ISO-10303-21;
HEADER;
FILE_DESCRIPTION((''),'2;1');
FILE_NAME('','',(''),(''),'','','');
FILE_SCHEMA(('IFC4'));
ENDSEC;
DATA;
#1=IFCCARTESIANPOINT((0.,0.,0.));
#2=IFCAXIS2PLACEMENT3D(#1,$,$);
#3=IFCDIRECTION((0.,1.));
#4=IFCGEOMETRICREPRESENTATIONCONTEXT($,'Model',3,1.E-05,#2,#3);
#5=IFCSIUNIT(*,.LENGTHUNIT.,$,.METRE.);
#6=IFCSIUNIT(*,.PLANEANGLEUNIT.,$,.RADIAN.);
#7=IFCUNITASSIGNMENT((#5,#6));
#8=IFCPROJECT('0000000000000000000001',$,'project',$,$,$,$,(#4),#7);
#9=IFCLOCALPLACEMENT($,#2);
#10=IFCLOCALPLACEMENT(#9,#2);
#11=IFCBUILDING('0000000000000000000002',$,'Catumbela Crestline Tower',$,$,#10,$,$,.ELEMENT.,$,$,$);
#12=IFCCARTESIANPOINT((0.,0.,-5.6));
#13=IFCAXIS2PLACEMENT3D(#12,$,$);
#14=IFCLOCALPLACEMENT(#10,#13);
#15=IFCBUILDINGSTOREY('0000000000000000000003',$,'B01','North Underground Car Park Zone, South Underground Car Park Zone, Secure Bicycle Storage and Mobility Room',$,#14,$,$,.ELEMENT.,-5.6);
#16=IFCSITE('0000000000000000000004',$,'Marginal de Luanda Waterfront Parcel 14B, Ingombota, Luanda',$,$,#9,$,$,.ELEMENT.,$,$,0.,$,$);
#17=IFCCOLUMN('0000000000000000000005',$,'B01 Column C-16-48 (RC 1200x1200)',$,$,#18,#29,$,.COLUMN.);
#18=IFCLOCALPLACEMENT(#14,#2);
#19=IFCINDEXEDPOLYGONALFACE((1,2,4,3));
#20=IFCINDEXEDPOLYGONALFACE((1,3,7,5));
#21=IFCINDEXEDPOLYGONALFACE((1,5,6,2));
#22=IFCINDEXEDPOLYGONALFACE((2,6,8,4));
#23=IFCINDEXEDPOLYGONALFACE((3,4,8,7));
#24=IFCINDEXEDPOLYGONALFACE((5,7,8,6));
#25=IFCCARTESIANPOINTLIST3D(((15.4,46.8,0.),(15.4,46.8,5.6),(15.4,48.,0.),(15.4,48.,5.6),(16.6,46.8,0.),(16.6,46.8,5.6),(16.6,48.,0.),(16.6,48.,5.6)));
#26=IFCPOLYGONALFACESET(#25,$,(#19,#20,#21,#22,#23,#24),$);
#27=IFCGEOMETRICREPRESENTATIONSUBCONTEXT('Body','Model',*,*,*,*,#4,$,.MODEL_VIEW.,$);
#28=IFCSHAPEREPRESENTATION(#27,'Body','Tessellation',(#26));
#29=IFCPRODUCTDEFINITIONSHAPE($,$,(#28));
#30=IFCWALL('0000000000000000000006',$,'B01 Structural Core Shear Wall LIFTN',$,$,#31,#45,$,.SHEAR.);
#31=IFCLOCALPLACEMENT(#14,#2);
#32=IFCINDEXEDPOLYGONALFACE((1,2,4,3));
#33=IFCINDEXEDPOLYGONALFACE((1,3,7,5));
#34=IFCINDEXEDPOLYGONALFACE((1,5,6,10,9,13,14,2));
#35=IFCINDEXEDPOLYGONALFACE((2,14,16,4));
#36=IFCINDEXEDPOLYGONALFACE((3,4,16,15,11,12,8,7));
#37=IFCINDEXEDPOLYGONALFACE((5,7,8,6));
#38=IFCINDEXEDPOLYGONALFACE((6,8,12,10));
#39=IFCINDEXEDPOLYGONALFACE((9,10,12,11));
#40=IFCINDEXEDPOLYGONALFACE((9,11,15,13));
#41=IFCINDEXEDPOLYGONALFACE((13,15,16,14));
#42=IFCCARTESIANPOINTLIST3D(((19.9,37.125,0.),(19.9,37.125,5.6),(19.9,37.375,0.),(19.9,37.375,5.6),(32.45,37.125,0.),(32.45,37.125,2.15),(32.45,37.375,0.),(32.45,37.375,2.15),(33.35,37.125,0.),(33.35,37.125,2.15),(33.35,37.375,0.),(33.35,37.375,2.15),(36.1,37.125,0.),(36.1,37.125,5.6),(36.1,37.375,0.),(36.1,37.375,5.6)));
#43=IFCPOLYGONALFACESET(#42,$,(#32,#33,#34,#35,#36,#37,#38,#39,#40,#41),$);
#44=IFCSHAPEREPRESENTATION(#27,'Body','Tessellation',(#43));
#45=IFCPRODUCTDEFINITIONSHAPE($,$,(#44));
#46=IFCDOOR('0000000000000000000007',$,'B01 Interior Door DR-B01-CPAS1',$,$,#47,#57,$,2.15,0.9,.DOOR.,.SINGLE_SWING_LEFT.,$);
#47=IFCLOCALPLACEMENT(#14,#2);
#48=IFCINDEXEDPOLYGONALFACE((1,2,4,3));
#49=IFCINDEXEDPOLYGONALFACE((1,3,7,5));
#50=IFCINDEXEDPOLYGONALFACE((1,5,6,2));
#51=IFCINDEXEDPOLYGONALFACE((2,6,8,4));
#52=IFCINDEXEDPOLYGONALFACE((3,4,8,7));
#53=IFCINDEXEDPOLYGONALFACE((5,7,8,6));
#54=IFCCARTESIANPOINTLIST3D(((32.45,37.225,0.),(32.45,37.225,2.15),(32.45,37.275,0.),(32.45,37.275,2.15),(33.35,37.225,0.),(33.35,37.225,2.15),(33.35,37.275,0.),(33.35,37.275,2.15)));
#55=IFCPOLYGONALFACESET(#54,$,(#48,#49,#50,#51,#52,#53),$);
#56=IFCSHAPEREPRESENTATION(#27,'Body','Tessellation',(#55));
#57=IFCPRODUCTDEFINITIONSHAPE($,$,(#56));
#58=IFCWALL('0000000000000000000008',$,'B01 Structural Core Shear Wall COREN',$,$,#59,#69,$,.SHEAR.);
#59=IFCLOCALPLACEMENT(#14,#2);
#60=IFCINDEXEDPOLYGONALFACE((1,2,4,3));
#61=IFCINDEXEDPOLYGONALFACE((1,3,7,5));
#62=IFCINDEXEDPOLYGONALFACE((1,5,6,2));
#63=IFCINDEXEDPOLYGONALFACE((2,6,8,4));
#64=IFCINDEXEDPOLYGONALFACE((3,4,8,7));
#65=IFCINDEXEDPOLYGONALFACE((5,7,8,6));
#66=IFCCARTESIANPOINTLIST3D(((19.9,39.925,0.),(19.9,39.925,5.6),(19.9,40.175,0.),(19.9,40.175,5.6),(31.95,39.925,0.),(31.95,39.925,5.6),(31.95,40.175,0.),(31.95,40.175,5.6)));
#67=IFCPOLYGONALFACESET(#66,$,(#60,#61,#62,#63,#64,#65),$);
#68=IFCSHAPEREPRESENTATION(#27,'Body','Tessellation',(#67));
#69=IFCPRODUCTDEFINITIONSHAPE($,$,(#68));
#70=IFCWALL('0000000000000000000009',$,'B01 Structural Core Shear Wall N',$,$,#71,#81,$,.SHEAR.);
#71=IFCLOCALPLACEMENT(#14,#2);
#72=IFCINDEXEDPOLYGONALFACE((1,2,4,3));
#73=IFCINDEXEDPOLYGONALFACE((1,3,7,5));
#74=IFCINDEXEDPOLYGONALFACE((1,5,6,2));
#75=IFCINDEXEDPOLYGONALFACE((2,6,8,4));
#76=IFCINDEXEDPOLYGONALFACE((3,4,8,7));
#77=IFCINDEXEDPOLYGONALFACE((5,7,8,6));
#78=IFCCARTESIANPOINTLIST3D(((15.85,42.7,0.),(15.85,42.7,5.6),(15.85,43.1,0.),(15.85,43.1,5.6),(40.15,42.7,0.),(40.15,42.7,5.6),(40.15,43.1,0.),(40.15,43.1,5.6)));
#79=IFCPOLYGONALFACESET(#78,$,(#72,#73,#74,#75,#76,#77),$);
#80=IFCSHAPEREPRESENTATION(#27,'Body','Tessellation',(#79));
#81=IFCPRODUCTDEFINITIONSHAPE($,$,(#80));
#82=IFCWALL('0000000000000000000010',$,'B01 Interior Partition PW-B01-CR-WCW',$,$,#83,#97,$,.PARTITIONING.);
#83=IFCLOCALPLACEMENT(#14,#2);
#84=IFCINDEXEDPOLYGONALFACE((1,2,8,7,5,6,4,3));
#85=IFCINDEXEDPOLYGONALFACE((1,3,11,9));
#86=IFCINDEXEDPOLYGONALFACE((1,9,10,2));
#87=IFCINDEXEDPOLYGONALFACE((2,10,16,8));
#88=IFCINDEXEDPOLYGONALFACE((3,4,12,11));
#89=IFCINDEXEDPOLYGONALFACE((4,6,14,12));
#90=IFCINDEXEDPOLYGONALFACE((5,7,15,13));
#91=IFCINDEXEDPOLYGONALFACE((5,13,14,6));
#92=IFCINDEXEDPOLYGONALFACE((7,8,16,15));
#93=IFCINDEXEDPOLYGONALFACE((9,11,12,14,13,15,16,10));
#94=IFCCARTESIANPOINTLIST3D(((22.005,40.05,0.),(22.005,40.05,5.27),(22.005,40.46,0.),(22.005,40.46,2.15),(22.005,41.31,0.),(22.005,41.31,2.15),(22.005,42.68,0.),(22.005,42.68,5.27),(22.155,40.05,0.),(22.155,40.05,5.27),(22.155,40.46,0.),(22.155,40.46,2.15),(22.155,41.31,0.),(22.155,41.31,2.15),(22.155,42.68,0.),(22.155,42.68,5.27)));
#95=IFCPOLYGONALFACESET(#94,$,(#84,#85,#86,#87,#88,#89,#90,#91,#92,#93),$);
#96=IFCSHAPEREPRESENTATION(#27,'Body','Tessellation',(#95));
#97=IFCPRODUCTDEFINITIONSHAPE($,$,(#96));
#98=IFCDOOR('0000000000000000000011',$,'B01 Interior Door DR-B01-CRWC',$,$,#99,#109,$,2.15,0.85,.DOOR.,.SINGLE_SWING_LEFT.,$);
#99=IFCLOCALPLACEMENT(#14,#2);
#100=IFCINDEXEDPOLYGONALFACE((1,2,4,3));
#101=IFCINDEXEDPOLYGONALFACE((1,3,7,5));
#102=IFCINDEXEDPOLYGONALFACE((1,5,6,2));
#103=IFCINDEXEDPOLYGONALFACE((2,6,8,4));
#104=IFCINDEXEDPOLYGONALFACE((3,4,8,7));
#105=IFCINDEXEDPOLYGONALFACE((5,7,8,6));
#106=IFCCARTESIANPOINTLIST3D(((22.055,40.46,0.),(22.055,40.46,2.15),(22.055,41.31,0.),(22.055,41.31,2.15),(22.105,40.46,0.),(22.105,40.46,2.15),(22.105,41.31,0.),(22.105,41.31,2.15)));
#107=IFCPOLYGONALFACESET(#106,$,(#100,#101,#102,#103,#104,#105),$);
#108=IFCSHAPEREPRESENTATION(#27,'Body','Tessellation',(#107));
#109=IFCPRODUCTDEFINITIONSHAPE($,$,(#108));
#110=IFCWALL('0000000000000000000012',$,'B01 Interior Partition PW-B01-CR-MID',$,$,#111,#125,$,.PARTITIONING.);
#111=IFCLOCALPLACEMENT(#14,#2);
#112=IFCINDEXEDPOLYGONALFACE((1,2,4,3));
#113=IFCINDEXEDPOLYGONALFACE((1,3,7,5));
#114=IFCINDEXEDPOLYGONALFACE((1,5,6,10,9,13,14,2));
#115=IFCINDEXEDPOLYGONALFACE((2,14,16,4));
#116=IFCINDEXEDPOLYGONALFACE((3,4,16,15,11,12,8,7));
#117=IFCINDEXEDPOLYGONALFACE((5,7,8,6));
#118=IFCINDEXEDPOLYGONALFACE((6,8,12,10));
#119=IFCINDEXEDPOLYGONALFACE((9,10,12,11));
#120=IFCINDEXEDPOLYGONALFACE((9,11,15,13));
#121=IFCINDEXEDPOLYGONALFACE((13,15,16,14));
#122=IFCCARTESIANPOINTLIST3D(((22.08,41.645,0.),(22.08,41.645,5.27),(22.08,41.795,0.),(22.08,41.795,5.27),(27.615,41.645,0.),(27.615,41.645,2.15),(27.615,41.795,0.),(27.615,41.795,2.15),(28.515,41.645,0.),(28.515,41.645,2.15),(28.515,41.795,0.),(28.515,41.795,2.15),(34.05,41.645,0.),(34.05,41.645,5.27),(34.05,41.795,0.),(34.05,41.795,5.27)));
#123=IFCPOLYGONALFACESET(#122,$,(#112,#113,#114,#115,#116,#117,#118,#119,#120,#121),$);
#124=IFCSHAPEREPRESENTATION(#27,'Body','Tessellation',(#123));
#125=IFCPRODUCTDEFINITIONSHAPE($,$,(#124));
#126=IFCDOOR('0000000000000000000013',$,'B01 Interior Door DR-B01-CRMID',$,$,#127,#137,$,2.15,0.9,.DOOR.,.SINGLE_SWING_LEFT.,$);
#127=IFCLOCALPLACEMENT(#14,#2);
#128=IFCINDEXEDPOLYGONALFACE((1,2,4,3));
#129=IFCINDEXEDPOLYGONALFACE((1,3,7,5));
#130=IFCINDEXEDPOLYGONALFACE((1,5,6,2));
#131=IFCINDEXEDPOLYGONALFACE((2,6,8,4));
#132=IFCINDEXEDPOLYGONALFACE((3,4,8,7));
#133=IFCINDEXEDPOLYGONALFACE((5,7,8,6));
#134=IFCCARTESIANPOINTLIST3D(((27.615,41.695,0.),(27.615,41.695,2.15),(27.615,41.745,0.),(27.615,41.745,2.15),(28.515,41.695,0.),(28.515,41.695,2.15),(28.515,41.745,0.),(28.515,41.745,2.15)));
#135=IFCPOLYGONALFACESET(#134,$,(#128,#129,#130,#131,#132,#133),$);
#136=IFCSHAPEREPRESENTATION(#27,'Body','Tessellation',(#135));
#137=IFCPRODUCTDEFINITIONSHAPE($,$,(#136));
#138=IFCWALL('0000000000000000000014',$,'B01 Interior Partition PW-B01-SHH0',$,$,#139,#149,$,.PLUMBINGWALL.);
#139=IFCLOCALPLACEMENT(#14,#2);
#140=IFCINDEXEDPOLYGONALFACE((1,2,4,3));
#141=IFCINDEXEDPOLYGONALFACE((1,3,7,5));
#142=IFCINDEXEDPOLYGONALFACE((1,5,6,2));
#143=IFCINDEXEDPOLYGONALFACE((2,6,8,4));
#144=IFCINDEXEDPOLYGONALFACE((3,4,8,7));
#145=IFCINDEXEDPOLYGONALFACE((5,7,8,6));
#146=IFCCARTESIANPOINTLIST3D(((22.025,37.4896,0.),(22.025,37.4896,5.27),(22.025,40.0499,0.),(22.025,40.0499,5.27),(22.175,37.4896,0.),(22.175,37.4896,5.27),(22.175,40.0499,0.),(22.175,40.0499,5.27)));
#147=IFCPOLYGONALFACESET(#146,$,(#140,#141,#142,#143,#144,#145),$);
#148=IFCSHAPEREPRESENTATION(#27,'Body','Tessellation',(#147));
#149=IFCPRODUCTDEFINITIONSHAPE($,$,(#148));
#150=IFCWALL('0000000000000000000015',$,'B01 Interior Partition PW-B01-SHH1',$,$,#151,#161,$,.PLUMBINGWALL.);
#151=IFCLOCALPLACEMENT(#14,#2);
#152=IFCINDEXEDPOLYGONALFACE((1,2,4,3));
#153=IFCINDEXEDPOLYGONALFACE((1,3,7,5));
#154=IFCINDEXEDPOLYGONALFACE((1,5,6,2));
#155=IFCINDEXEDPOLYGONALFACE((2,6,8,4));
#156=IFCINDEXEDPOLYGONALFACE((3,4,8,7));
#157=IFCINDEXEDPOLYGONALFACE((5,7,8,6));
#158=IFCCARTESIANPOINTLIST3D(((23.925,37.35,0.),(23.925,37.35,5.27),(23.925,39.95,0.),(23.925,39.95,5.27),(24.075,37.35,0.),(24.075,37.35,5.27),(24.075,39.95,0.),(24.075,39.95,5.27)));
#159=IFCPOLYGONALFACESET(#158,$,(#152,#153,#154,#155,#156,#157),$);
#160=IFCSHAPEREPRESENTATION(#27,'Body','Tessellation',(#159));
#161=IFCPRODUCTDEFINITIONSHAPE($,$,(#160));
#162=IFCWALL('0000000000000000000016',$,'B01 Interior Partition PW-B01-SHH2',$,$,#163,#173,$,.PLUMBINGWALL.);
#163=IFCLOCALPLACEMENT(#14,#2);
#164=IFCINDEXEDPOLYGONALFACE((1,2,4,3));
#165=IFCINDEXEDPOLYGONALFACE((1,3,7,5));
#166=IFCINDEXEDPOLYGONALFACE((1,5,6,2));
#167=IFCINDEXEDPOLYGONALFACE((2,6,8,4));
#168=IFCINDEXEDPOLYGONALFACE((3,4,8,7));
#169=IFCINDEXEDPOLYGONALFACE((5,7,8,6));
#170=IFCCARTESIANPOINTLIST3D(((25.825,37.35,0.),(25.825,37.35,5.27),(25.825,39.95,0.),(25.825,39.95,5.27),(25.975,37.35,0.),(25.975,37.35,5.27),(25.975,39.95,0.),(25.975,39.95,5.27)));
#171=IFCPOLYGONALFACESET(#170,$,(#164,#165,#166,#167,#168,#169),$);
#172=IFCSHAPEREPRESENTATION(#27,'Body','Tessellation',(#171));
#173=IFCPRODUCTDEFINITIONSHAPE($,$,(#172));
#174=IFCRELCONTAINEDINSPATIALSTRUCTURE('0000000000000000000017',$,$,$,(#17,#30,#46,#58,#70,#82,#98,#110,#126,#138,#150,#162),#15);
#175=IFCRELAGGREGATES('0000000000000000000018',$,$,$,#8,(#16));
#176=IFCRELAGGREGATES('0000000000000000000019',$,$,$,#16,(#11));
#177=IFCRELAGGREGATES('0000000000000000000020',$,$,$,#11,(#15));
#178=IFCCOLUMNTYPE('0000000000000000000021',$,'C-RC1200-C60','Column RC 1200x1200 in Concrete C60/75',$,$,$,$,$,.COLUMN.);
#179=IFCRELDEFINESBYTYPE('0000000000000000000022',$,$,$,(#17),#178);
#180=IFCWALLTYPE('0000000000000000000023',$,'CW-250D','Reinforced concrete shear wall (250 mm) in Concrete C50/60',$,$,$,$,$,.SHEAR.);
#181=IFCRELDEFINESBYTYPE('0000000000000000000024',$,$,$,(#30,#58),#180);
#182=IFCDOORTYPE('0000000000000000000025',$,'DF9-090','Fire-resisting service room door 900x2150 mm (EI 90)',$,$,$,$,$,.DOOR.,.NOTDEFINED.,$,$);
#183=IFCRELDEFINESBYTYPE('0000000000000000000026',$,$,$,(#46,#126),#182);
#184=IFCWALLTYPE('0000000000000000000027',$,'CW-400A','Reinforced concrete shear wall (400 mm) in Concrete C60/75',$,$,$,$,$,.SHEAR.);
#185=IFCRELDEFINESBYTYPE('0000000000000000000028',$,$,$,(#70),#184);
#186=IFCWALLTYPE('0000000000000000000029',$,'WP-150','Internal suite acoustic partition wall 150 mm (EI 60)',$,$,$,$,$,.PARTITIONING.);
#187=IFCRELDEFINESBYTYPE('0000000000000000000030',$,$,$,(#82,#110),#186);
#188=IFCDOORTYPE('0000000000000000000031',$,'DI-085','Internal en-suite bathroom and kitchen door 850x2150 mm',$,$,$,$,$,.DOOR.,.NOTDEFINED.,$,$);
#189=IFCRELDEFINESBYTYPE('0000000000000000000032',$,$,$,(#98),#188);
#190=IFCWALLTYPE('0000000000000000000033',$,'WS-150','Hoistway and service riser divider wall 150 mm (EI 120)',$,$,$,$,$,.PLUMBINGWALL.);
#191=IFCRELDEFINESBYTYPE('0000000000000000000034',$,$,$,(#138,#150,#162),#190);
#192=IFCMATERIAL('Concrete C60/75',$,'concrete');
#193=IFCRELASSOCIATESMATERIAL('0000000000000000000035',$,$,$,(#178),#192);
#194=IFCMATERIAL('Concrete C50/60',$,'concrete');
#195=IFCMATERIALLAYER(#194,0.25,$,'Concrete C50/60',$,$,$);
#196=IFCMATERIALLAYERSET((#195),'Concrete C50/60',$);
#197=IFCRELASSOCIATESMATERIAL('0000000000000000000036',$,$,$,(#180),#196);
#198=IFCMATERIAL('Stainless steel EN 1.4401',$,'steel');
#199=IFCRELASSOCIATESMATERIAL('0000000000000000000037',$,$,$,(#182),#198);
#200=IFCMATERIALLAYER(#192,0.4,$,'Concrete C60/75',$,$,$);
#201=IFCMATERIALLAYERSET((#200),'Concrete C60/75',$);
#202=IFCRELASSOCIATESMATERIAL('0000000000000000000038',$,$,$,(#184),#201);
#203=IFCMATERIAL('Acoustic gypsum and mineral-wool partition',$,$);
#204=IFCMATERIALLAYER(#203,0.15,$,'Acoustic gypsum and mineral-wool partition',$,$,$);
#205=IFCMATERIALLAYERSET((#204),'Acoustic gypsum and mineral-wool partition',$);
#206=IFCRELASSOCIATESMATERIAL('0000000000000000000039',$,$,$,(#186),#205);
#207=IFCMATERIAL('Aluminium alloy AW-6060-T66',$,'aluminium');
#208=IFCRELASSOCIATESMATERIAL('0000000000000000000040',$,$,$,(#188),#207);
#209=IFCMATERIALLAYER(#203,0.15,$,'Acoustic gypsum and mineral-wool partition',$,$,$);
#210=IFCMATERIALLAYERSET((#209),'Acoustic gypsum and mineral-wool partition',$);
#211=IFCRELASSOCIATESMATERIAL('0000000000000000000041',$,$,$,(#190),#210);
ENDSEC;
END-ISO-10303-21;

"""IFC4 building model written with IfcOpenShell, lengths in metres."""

from ifc_helpers import new_model, si_unit, direction, frame, frame_2d, origin, origin_2d, place, context, subcontext, project, spatial, rectangle, extrude, material, layer, layer_set, material_profile, profile_set, type_object, element, fill, save


model = new_model("IFC4")

# Units and contexts
model_context = context("Model", 3, precision=1e-05, world=origin(), true_north=direction((0.0, 1.0)))
body_context = subcontext(model_context, "Body", "Model", "MODEL_VIEW")
ifc_project = project(units=[si_unit("LENGTHUNIT", "METRE"), si_unit("PLANEANGLEUNIT", "RADIAN")], contexts=[model_context])

# Site, building, storey
site_placement = place(None, origin())
site = spatial("IfcSite", under=ifc_project, at=site_placement, Name="Marginal de Luanda Waterfront Parcel 14B, Ingombota, Luanda", CompositionType="ELEMENT", RefElevation=0.0)
building_placement = place(site_placement, origin())
building = spatial("IfcBuilding", under=site, at=building_placement, Name="Catumbela Crestline Tower", CompositionType="ELEMENT")
storey_placement = place(building_placement, frame((0.0, 0.0, -5.6)))
storey = spatial("IfcBuildingStorey", under=building, at=storey_placement, Name="B01", Description="North Underground Car Park Zone, South Underground Car Park Zone, Secure Bicycle Storage and Mobility Room", CompositionType="ELEMENT", Elevation=-5.6)

# Column
ifc_material_1 = material(Name="Concrete C60/75", Category="concrete")
ifc_material_profile = material_profile(ifc_material_1, rectangle(XDim=1.2, YDim=1.2, at=origin_2d()), Name="RC 1200x1200")
ifc_profile_set = profile_set([ifc_material_profile], Name="Concrete C60/75")
column_type = type_object("IfcColumnType", Name="C-RC1200-C60", Description="Column RC 1200x1200 in Concrete C60/75", PredefinedType="COLUMN", material=ifc_profile_set)
column_placement = place(storey_placement, frame((16.0, 47.4, 0.0), z_axis=(0.0, 0.0, 1.0), x_axis=(1.0, 0.0, 0.0)))
element("IfcColumn", 1, at=column_placement, inside=storey, type_object=column_type, Name="B01 Column C-16-48 (RC 1200x1200)", PredefinedType="COLUMN", context=body_context, shape_type="SweptSolid", body=[
    extrude(rectangle(XDim=1.2, YDim=1.2, at=origin_2d()), origin(), (0.0, 0.0, 1.0), 5.6),
])

# Wall, opening, door
ifc_material_2 = material(Name="Concrete C50/60", Category="concrete")
ifc_layer_1 = layer(ifc_material_2, 0.25, Name="Concrete C50/60")
ifc_layer_set_1 = layer_set([ifc_layer_1], Name="Concrete C50/60")
wall_type_1 = type_object("IfcWallType", Name="CW-250D", Description="Reinforced concrete shear wall (250 mm) in Concrete C50/60", PredefinedType="SHEAR", material=ifc_layer_set_1)
wall_1_placement = place(storey_placement, frame((19.9, 37.25, 0.0), z_axis=(0.0, 0.0, 1.0), x_axis=(1.0, 0.0, 0.0)))
wall_1 = element("IfcWall", 2, at=wall_1_placement, inside=storey, type_object=wall_type_1, Name="B01 Structural Core Shear Wall LIFTN", PredefinedType="SHEAR", context=body_context, shape_type="SweptSolid", body=[
    extrude(rectangle(XDim=16.2, YDim=0.25, at=frame_2d((8.1, 0.0))), origin(), (0.0, 0.0, 1.0), 5.6),
])
opening_1_placement = place(wall_1_placement, frame((12.55, 0.0, 0.0)))
opening_1 = element("IfcOpeningElement", 3, at=opening_1_placement, cuts=wall_1, PredefinedType="OPENING", context=body_context, shape_type="SweptSolid", body=[
    extrude(rectangle(XDim=0.9, YDim=2.15, at=frame_2d((0.45, 1.075))), frame((0.0, 0.135, 0.0), z_axis=(0.0, -1.0, 0.0), x_axis=(1.0, 0.0, 0.0)), (0.0, 0.0, 1.0), 0.27),
])
ifc_material_3 = material(Name="Stainless steel EN 1.4401", Category="steel")
door_type_1 = type_object("IfcDoorType", Name="DF9-090", Description="Fire-resisting service room door 900x2150 mm (EI 90)", OperationType="NOTDEFINED", PredefinedType="DOOR", material=ifc_material_3)
door_1_placement = place(opening_1_placement, origin())
door_1 = element("IfcDoor", 4, at=door_1_placement, inside=storey, type_object=door_type_1, Name="B01 Interior Door DR-B01-CPAS1", OperationType="SINGLE_SWING_LEFT", OverallHeight=2.15, OverallWidth=0.9, PredefinedType="DOOR", context=body_context, shape_type="SweptSolid", body=[
    extrude(rectangle(XDim=0.9, YDim=2.15, at=frame_2d((0.45, 1.075))), frame((0.0, 0.025, 0.0), z_axis=(0.0, -1.0, 0.0), x_axis=(1.0, 0.0, 0.0)), (0.0, 0.0, 1.0), 0.05),
])
fill(opening_1, door_1)

# Walls
wall_2_placement = place(storey_placement, frame((19.9, 40.05, 0.0), z_axis=(0.0, 0.0, 1.0), x_axis=(1.0, 0.0, 0.0)))
element("IfcWall", 5, at=wall_2_placement, inside=storey, type_object=wall_type_1, Name="B01 Structural Core Shear Wall COREN", PredefinedType="SHEAR", context=body_context, shape_type="SweptSolid", body=[
    extrude(rectangle(XDim=12.05, YDim=0.25, at=frame_2d((6.025, 0.0))), origin(), (0.0, 0.0, 1.0), 5.6),
])
ifc_layer_2 = layer(ifc_material_1, 0.4, Name="Concrete C60/75")
ifc_layer_set_2 = layer_set([ifc_layer_2], Name="Concrete C60/75")
wall_type_2 = type_object("IfcWallType", Name="CW-400A", Description="Reinforced concrete shear wall (400 mm) in Concrete C60/75", PredefinedType="SHEAR", material=ifc_layer_set_2)
wall_3_placement = place(storey_placement, frame((15.85, 42.9, 0.0), z_axis=(0.0, 0.0, 1.0), x_axis=(1.0, 0.0, 0.0)))
element("IfcWall", 6, at=wall_3_placement, inside=storey, type_object=wall_type_2, Name="B01 Structural Core Shear Wall N", PredefinedType="SHEAR", context=body_context, shape_type="SweptSolid", body=[
    extrude(rectangle(XDim=24.3, YDim=0.4, at=frame_2d((12.15, 0.0))), origin(), (0.0, 0.0, 1.0), 5.6),
])

# Walls, openings, doors
ifc_material_4 = material(Name="Acoustic gypsum and mineral-wool partition")
ifc_layer_3 = layer(ifc_material_4, 0.15, Name="Acoustic gypsum and mineral-wool partition")
ifc_layer_set_3 = layer_set([ifc_layer_3], Name="Acoustic gypsum and mineral-wool partition")
wall_type_3 = type_object("IfcWallType", Name="WP-150", Description="Internal suite acoustic partition wall 150 mm (EI 60)", PredefinedType="PARTITIONING", material=ifc_layer_set_3)
wall_4_placement = place(storey_placement, frame((22.08, 40.05, 0.0), z_axis=(0.0, 0.0, 1.0), x_axis=(0.0, 1.0, 0.0)))
wall_4 = element("IfcWall", 7, at=wall_4_placement, inside=storey, type_object=wall_type_3, Name="B01 Interior Partition PW-B01-CR-WCW", PredefinedType="PARTITIONING", context=body_context, shape_type="SweptSolid", body=[
    extrude(rectangle(XDim=2.63, YDim=0.15, at=frame_2d((1.315, 0.0))), origin(), (0.0, 0.0, 1.0), 5.27),
])
opening_2_placement = place(wall_4_placement, frame((0.41, 0.0, 0.0)))
opening_2 = element("IfcOpeningElement", 8, at=opening_2_placement, cuts=wall_4, PredefinedType="OPENING", context=body_context, shape_type="SweptSolid", body=[
    extrude(rectangle(XDim=0.85, YDim=2.15, at=frame_2d((0.425, 1.075))), frame((0.0, 0.085, 0.0), z_axis=(0.0, -1.0, 0.0), x_axis=(1.0, 0.0, 0.0)), (0.0, 0.0, 1.0), 0.17),
])
ifc_material_5 = material(Name="Aluminium alloy AW-6060-T66", Category="aluminium")
door_type_2 = type_object("IfcDoorType", Name="DI-085", Description="Internal en-suite bathroom and kitchen door 850x2150 mm", OperationType="NOTDEFINED", PredefinedType="DOOR", material=ifc_material_5)
door_2_placement = place(opening_2_placement, origin())
door_2 = element("IfcDoor", 9, at=door_2_placement, inside=storey, type_object=door_type_2, Name="B01 Interior Door DR-B01-CRWC", OperationType="SINGLE_SWING_LEFT", OverallHeight=2.15, OverallWidth=0.85, PredefinedType="DOOR", context=body_context, shape_type="SweptSolid", body=[
    extrude(rectangle(XDim=0.85, YDim=2.15, at=frame_2d((0.425, 1.075))), frame((0.0, 0.025, 0.0), z_axis=(0.0, -1.0, 0.0), x_axis=(1.0, 0.0, 0.0)), (0.0, 0.0, 1.0), 0.05),
])
fill(opening_2, door_2)
wall_5_placement = place(storey_placement, frame((22.08, 41.72, 0.0), z_axis=(0.0, 0.0, 1.0), x_axis=(1.0, 0.0, 0.0)))
wall_5 = element("IfcWall", 10, at=wall_5_placement, inside=storey, type_object=wall_type_3, Name="B01 Interior Partition PW-B01-CR-MID", PredefinedType="PARTITIONING", context=body_context, shape_type="SweptSolid", body=[
    extrude(rectangle(XDim=11.97, YDim=0.15, at=frame_2d((5.985, 0.0))), origin(), (0.0, 0.0, 1.0), 5.27),
])
opening_3_placement = place(wall_5_placement, frame((5.535, 0.0, 0.0)))
opening_3 = element("IfcOpeningElement", 11, at=opening_3_placement, cuts=wall_5, PredefinedType="OPENING", context=body_context, shape_type="SweptSolid", body=[
    extrude(rectangle(XDim=0.9, YDim=2.15, at=frame_2d((0.45, 1.075))), frame((0.0, 0.085, 0.0), z_axis=(0.0, -1.0, 0.0), x_axis=(1.0, 0.0, 0.0)), (0.0, 0.0, 1.0), 0.17),
])
door_3_placement = place(opening_3_placement, origin())
door_3 = element("IfcDoor", 12, at=door_3_placement, inside=storey, type_object=door_type_1, Name="B01 Interior Door DR-B01-CRMID", OperationType="SINGLE_SWING_LEFT", OverallHeight=2.15, OverallWidth=0.9, PredefinedType="DOOR", context=body_context, shape_type="SweptSolid", body=[
    extrude(rectangle(XDim=0.9, YDim=2.15, at=frame_2d((0.45, 1.075))), frame((0.0, 0.025, 0.0), z_axis=(0.0, -1.0, 0.0), x_axis=(1.0, 0.0, 0.0)), (0.0, 0.0, 1.0), 0.05),
])
fill(opening_3, door_3)

# Walls
ifc_layer_4 = layer(ifc_material_4, 0.15, Name="Acoustic gypsum and mineral-wool partition")
ifc_layer_set_4 = layer_set([ifc_layer_4], Name="Acoustic gypsum and mineral-wool partition")
wall_type_4 = type_object("IfcWallType", Name="WS-150", Description="Hoistway and service riser divider wall 150 mm (EI 120)", PredefinedType="PLUMBINGWALL", material=ifc_layer_set_4)
wall_6_placement = place(storey_placement, frame((22.1, 37.4897, 0.0), z_axis=(0.0, 0.0, 1.0), x_axis=(0.0, 1.0, 0.0)))
element("IfcWall", 13, at=wall_6_placement, inside=storey, type_object=wall_type_4, Name="B01 Interior Partition PW-B01-SHH0", PredefinedType="PLUMBINGWALL", context=body_context, shape_type="SweptSolid", body=[
    extrude(rectangle(XDim=2.5603, YDim=0.15, at=frame_2d((1.2801, 0.0))), origin(), (0.0, 0.0, 1.0), 5.27),
])
for number, where, z_axis, x_axis, name in (
    (14, (24.0, 37.35, 0.0), (0.0, 0.0, 1.0), (0.0, 1.0, 0.0), "B01 Interior Partition PW-B01-SHH1"),
    (15, (25.9, 37.35, 0.0), (0.0, 0.0, 1.0), (0.0, 1.0, 0.0), "B01 Interior Partition PW-B01-SHH2"),
):
    element("IfcWall", number, at=place(storey_placement, frame(where, z_axis=z_axis, x_axis=x_axis)), inside=storey, type_object=wall_type_4, Name=name, PredefinedType="PLUMBINGWALL", context=body_context, shape_type="SweptSolid", body=[
        extrude(rectangle(XDim=2.6, YDim=0.15, at=frame_2d((1.3, 0.0))), origin(), (0.0, 0.0, 1.0), 5.27),
    ])

save(model, "model.ifc")
